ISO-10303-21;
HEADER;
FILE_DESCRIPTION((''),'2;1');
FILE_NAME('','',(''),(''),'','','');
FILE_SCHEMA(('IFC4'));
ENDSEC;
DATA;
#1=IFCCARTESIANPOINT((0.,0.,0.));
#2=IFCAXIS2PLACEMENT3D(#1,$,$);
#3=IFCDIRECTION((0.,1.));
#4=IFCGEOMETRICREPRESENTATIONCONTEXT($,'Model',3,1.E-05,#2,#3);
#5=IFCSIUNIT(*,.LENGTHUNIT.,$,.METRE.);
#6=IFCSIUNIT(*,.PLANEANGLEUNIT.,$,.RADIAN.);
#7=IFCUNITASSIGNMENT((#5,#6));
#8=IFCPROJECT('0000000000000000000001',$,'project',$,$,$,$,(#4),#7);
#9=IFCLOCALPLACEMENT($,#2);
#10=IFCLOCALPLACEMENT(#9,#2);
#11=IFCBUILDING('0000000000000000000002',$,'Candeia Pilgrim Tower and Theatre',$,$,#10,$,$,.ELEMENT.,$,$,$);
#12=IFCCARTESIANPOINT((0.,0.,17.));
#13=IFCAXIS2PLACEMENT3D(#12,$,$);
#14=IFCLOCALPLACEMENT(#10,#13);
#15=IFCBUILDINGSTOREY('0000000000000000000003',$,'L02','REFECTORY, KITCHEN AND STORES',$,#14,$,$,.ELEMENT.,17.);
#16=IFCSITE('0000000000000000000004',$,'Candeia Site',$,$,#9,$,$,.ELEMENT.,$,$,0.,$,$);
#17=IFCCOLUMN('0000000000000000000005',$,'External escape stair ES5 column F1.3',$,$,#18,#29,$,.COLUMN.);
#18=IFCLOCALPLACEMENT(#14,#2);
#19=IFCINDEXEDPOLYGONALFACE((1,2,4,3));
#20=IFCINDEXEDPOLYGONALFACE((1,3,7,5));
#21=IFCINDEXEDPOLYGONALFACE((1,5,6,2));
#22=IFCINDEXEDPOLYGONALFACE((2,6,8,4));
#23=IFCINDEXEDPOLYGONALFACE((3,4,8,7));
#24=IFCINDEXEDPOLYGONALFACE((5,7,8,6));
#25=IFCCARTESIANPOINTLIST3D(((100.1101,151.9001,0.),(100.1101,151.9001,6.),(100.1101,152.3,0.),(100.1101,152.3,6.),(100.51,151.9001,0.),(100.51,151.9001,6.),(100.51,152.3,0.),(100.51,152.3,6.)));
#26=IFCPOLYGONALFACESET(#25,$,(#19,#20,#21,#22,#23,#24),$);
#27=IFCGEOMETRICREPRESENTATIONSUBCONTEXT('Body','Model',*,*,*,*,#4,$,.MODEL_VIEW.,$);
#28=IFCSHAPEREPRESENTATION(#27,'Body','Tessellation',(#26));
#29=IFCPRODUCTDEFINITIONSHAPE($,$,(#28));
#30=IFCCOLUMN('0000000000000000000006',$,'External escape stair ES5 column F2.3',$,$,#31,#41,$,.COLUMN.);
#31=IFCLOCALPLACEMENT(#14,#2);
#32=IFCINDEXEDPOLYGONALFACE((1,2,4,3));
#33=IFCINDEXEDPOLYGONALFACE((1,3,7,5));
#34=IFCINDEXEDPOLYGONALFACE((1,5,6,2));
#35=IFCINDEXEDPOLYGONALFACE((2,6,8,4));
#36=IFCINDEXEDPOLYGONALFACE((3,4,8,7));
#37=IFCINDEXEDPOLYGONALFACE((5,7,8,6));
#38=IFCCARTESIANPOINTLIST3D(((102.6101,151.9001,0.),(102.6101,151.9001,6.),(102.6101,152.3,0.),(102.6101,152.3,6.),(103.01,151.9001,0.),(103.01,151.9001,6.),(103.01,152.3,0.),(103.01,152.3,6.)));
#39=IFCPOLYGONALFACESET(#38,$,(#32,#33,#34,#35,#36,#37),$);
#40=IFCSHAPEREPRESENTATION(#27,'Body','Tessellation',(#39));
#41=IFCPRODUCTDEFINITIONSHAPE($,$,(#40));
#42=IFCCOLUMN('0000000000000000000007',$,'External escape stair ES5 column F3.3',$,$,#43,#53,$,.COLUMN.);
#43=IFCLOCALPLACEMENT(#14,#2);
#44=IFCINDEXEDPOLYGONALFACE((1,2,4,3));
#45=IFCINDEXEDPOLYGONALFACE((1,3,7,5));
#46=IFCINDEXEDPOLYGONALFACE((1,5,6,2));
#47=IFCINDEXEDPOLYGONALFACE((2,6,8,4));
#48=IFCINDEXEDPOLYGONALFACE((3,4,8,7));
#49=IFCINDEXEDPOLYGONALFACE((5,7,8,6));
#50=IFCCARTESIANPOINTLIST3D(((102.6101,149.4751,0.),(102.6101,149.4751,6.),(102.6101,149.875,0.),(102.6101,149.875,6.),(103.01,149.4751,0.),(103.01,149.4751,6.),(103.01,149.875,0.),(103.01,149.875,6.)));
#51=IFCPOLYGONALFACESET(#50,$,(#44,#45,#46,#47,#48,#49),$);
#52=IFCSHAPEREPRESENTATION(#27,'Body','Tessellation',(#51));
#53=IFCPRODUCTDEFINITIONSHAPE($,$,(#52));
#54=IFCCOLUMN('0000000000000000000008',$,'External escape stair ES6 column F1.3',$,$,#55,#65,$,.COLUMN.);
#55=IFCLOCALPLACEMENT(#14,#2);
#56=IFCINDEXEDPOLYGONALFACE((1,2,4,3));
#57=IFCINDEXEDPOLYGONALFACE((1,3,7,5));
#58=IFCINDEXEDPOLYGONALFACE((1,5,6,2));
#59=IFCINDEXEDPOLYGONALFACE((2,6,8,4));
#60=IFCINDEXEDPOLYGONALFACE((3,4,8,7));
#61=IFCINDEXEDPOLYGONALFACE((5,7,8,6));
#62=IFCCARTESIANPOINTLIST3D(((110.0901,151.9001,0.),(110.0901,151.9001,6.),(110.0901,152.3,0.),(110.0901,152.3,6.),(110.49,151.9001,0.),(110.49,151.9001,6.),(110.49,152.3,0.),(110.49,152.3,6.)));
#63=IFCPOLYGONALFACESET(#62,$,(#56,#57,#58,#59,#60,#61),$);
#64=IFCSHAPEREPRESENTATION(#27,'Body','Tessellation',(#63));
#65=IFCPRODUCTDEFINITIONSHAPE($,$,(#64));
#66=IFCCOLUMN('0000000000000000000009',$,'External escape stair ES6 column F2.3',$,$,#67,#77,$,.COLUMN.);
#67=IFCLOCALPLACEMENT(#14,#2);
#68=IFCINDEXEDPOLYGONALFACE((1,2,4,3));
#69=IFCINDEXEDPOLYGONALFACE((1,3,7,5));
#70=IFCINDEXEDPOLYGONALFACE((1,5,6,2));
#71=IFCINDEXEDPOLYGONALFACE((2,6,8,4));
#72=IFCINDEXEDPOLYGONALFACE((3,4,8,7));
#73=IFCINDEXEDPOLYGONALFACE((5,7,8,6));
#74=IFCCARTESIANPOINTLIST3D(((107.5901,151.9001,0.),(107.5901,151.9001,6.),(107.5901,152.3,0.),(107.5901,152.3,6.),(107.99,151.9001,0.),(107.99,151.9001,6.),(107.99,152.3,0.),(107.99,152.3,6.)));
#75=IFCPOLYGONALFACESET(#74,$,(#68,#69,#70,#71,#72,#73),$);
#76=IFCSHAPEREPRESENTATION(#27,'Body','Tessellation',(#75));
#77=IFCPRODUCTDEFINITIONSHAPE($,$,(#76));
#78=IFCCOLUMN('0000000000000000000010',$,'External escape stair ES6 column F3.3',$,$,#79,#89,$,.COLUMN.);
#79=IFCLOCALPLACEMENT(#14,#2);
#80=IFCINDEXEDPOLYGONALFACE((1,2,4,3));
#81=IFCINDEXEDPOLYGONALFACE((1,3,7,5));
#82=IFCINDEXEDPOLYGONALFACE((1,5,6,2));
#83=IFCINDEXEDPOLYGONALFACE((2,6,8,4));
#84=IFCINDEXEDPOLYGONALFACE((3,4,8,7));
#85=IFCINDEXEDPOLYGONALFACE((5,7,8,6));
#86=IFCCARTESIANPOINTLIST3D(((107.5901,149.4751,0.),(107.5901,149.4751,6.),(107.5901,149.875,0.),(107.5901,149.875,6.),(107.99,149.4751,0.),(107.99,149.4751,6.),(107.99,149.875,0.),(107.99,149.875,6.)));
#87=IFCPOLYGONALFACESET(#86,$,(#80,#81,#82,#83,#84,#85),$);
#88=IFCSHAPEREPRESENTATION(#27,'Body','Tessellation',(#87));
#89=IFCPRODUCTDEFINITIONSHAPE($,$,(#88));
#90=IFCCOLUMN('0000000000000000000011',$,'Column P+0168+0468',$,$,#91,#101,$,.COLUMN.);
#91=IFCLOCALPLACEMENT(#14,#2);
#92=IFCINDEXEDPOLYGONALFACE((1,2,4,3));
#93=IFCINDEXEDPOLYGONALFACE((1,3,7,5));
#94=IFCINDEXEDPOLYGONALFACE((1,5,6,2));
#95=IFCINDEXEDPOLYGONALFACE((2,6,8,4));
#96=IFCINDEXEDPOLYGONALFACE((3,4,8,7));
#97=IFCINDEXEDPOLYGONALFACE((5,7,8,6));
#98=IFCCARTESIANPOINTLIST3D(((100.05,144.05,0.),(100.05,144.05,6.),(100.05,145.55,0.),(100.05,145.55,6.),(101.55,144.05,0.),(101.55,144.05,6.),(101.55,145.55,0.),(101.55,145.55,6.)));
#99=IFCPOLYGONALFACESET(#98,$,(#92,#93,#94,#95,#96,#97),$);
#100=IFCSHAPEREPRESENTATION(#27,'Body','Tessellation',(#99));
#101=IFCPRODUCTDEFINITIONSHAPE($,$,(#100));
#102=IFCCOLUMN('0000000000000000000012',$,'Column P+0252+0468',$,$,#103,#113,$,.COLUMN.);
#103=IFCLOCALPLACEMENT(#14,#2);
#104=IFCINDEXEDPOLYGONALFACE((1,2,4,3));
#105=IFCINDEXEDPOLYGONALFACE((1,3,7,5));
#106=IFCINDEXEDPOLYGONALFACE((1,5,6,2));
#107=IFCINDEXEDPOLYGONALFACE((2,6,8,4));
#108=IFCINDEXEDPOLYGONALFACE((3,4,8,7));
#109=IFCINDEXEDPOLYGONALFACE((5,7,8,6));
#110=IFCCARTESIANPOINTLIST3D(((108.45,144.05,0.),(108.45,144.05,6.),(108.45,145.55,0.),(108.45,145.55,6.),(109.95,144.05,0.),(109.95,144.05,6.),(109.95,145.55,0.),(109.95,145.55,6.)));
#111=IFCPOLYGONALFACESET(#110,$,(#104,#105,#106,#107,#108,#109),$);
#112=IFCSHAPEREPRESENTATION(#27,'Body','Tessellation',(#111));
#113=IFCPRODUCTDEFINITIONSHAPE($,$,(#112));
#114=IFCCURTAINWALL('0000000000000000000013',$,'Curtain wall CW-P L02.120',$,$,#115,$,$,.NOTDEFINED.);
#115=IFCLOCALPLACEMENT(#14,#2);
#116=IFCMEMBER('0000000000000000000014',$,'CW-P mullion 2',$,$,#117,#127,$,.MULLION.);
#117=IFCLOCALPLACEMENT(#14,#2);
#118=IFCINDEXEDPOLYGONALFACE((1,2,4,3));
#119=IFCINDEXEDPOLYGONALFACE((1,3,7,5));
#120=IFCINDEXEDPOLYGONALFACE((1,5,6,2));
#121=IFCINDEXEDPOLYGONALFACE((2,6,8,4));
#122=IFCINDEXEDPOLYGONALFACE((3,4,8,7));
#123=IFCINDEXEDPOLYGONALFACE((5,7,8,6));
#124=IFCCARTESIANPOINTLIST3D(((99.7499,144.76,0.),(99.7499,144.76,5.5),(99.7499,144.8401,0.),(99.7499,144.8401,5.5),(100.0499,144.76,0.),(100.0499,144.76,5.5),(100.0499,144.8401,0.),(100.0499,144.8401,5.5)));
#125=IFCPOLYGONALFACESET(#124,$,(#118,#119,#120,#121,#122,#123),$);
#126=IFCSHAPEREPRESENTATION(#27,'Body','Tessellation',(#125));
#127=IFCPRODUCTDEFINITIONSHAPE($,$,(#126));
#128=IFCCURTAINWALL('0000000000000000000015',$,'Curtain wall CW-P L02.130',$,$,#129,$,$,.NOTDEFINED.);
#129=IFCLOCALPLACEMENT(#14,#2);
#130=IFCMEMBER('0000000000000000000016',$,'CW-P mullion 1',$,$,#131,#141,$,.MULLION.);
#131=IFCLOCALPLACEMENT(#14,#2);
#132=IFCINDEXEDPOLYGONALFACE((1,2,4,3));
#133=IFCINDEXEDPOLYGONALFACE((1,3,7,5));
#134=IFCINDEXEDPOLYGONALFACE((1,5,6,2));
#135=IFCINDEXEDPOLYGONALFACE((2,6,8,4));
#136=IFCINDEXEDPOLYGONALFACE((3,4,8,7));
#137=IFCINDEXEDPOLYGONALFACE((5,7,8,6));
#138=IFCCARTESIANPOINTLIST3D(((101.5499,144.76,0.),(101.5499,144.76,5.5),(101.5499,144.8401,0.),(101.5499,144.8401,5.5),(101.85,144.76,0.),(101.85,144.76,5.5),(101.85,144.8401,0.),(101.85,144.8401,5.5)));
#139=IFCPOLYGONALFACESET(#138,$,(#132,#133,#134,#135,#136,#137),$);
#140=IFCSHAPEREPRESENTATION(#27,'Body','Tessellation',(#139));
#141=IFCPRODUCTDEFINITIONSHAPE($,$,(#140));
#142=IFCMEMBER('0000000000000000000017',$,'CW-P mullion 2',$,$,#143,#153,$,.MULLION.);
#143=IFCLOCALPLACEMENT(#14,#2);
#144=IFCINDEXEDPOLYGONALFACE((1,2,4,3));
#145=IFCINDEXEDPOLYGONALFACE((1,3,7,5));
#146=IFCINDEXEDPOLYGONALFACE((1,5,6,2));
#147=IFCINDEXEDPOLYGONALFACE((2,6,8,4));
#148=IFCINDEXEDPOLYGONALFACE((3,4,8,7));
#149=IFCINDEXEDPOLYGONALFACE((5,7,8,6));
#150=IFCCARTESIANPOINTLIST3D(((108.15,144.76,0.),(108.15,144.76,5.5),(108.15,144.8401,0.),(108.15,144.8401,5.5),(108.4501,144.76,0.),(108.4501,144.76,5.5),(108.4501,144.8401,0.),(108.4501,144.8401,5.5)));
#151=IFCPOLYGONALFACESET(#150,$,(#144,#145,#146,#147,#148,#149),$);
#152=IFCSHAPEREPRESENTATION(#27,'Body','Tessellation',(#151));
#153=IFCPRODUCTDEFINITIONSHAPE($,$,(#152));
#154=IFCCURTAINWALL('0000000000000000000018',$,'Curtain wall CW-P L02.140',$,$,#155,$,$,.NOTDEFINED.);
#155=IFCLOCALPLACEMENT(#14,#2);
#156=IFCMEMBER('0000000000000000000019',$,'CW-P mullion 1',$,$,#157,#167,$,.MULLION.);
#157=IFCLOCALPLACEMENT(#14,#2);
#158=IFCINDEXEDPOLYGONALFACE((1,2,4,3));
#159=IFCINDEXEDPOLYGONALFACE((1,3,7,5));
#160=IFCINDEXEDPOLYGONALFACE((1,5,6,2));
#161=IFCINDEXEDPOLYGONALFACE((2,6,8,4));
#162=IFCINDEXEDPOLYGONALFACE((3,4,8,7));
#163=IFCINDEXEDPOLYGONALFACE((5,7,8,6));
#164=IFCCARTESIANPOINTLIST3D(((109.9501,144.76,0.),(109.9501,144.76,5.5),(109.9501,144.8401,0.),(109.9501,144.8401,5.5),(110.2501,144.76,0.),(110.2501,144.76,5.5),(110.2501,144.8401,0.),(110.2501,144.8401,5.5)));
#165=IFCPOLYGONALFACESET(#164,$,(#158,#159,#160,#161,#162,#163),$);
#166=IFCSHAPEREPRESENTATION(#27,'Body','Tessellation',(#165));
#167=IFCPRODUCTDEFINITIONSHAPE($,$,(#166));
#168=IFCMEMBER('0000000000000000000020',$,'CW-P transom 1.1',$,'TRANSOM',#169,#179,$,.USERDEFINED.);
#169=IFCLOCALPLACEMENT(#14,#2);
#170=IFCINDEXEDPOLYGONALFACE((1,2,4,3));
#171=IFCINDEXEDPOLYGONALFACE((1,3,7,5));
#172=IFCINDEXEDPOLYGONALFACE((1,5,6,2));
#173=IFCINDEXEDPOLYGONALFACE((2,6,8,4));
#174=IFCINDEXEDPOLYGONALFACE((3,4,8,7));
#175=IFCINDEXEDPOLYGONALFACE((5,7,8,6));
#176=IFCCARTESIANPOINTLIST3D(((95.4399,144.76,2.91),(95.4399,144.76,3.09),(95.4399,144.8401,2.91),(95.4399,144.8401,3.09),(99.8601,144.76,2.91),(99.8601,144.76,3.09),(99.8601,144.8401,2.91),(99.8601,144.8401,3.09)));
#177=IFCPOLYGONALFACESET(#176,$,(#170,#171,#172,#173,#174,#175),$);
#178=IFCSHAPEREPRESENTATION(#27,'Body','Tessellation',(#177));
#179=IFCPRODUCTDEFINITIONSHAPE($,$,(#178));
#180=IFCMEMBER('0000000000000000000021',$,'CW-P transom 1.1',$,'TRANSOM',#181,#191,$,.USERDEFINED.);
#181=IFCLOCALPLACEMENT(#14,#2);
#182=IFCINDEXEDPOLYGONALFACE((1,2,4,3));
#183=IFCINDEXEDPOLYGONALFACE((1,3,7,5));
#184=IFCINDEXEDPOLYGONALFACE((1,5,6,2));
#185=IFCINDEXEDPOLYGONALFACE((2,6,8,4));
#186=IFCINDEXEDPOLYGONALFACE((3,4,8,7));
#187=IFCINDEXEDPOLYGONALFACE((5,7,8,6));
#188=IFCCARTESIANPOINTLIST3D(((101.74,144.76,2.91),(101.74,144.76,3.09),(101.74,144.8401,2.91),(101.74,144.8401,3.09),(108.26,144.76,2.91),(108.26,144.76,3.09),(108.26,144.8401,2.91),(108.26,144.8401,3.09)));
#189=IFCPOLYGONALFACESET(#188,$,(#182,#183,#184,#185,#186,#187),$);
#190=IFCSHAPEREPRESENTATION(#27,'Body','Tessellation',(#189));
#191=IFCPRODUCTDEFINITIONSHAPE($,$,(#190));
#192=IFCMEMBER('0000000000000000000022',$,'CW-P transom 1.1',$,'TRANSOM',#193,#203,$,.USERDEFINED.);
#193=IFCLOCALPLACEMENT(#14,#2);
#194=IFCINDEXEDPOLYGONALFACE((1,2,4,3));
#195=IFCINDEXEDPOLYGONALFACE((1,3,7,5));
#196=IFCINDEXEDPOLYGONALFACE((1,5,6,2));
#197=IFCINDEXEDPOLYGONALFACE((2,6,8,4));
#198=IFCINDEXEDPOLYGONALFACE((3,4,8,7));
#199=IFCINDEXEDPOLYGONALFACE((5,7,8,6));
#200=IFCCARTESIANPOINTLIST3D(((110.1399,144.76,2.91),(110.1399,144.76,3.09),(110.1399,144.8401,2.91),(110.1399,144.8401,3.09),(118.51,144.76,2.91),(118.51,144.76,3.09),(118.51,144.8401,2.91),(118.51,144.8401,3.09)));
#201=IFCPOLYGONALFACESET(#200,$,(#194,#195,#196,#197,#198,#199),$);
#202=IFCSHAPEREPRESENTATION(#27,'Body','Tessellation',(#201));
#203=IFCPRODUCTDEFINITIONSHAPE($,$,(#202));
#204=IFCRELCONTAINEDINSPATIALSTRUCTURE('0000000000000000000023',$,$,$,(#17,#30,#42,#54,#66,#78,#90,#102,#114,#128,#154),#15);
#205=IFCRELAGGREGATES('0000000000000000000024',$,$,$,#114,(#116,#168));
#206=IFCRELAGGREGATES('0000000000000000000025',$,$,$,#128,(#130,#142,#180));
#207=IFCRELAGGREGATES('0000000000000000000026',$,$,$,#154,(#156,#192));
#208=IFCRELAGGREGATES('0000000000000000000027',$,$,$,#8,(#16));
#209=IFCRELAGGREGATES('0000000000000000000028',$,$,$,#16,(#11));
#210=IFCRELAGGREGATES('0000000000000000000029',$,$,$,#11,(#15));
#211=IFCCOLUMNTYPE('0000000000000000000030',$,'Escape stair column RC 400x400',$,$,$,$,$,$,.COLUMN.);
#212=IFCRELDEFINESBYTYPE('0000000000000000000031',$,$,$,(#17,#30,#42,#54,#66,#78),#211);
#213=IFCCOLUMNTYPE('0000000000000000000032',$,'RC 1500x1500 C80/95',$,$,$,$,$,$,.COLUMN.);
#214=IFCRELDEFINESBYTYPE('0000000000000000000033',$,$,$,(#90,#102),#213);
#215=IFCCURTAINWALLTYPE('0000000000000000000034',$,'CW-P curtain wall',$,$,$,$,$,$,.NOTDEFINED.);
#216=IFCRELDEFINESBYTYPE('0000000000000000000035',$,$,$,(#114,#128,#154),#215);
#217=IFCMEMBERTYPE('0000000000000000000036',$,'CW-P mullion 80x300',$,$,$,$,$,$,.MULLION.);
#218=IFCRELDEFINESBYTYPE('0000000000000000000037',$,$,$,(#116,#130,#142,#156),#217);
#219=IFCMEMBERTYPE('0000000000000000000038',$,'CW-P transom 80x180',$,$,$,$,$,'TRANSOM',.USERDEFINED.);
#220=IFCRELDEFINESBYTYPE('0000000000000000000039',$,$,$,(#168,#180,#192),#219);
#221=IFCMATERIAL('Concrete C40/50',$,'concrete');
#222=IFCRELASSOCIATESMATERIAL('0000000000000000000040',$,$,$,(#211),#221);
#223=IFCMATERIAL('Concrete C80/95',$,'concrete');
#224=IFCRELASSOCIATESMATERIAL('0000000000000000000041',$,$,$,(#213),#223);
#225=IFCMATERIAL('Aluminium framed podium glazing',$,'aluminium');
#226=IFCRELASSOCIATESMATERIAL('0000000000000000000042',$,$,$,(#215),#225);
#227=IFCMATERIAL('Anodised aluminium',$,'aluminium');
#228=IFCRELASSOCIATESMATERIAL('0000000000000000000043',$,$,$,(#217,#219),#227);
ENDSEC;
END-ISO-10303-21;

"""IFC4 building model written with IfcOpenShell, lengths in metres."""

from ifc_helpers import new_model, si_unit, direction, frame, origin, origin_2d, place, context, subcontext, project, spatial, rectangle, extrude, material, material_profile, profile_set, type_object, element, aggregate, save


model = new_model("IFC4")

# Units and contexts
model_context = context("Model", 3, precision=1e-05, world=origin(), true_north=direction((0.0, 1.0)))
body_context = subcontext(model_context, "Body", "Model", "MODEL_VIEW")
ifc_project = project(units=[si_unit("LENGTHUNIT", "METRE"), si_unit("PLANEANGLEUNIT", "RADIAN")], contexts=[model_context])

# Site, building, storey
site_placement = place(None, origin())
site = spatial("IfcSite", under=ifc_project, at=site_placement, Name="Candeia Site", CompositionType="ELEMENT", RefElevation=0.0)
building_placement = place(site_placement, origin())
building = spatial("IfcBuilding", under=site, at=building_placement, Name="Candeia Pilgrim Tower and Theatre", CompositionType="ELEMENT")
storey_placement = place(building_placement, frame((0.0, 0.0, 17.0)))
storey = spatial("IfcBuildingStorey", under=building, at=storey_placement, Name="L02", Description="REFECTORY, KITCHEN AND STORES", CompositionType="ELEMENT", Elevation=17.0)

# Columns
ifc_material_1 = material(Name="Concrete C40/50", Category="concrete")
ifc_material_profile_1 = material_profile(ifc_material_1, rectangle(XDim=0.3999, YDim=0.3999, at=origin_2d()))
ifc_profile_set_1 = profile_set([ifc_material_profile_1], Name="Concrete C40/50")
column_type_1 = type_object("IfcColumnType", Name="Escape stair column RC 400x400", PredefinedType="COLUMN", material=ifc_profile_set_1)
for number, where, z_axis, x_axis, name in (
    (1, (100.3101, 152.1001, 0.0), (0.0, 0.0, 1.0), (1.0, 0.0, 0.0), "External escape stair ES5 column F1.3"),
    (2, (102.8101, 152.1001, 0.0), (0.0, 0.0, 1.0), (1.0, 0.0, 0.0), "External escape stair ES5 column F2.3"),
    (3, (102.8101, 149.675, 0.0), (0.0, 0.0, 1.0), (1.0, 0.0, 0.0), "External escape stair ES5 column F3.3"),
    (4, (110.29, 152.1001, 0.0), (0.0, 0.0, 1.0), (1.0, 0.0, 0.0), "External escape stair ES6 column F1.3"),
    (5, (107.79, 152.1001, 0.0), (0.0, 0.0, 1.0), (1.0, 0.0, 0.0), "External escape stair ES6 column F2.3"),
    (6, (107.79, 149.675, 0.0), (0.0, 0.0, 1.0), (1.0, 0.0, 0.0), "External escape stair ES6 column F3.3"),
):
    element("IfcColumn", number, at=place(storey_placement, frame(where, z_axis=z_axis, x_axis=x_axis)), inside=storey, type_object=column_type_1, Name=name, PredefinedType="COLUMN", context=body_context, shape_type="SweptSolid", body=[
        extrude(rectangle(XDim=0.3999, YDim=0.3999, at=origin_2d()), origin(), (0.0, 0.0, 1.0), 6.0),
    ])
ifc_material_2 = material(Name="Concrete C80/95", Category="concrete")
ifc_material_profile_2 = material_profile(ifc_material_2, rectangle(XDim=1.5, YDim=1.5, at=origin_2d()))
ifc_profile_set_2 = profile_set([ifc_material_profile_2], Name="Concrete C80/95")
column_type_2 = type_object("IfcColumnType", Name="RC 1500x1500 C80/95", PredefinedType="COLUMN", material=ifc_profile_set_2)
for number, where, z_axis, x_axis, name in (
    (7, (100.8, 144.8, 0.0), (0.0, 0.0, 1.0), (1.0, 0.0, 0.0), "Column P+0168+0468"),
    (8, (109.2, 144.8, 0.0), (0.0, 0.0, 1.0), (1.0, 0.0, 0.0), "Column P+0252+0468"),
):
    element("IfcColumn", number, at=place(storey_placement, frame(where, z_axis=z_axis, x_axis=x_axis)), inside=storey, type_object=column_type_2, Name=name, PredefinedType="COLUMN", context=body_context, shape_type="SweptSolid", body=[
        extrude(rectangle(XDim=1.5, YDim=1.5, at=origin_2d()), origin(), (0.0, 0.0, 1.0), 6.0),
    ])

# Curtain wall, member
ifc_material_3 = material(Name="Aluminium framed podium glazing", Category="aluminium")
curtain_wall_type = type_object("IfcCurtainWallType", Name="CW-P curtain wall", PredefinedType="NOTDEFINED", material=ifc_material_3)
curtain_wall_1_placement = place(storey_placement, origin())
curtain_wall_1 = element("IfcCurtainWall", 9, at=curtain_wall_1_placement, inside=storey, type_object=curtain_wall_type, Name="Curtain wall CW-P L02.120", PredefinedType="NOTDEFINED")
ifc_material_4 = material(Name="Anodised aluminium", Category="aluminium")
ifc_material_profile_3 = material_profile(ifc_material_4, rectangle(XDim=0.0801, YDim=0.3, at=origin_2d()))
ifc_profile_set_3 = profile_set([ifc_material_profile_3], Name="Anodised aluminium")
member_type_1 = type_object("IfcMemberType", Name="CW-P mullion 80x300", PredefinedType="MULLION", material=ifc_profile_set_3)
member_1_placement = place(storey_placement, frame((99.8999, 144.8, 0.0), z_axis=(0.0, 0.0, 1.0), x_axis=(0.0, 1.0, 0.0)))
member_1 = element("IfcMember", 10, at=member_1_placement, type_object=member_type_1, Name="CW-P mullion 2", PredefinedType="MULLION", context=body_context, shape_type="SweptSolid", body=[
    extrude(rectangle(XDim=0.0801, YDim=0.3, at=origin_2d()), origin(), (0.0, 0.0, 1.0), 5.5),
])

# Curtain wall, members
curtain_wall_2_placement = place(storey_placement, origin())
curtain_wall_2 = element("IfcCurtainWall", 11, at=curtain_wall_2_placement, inside=storey, type_object=curtain_wall_type, Name="Curtain wall CW-P L02.130", PredefinedType="NOTDEFINED")
member_2_placement = place(storey_placement, frame((101.7, 144.8, 0.0), z_axis=(0.0, 0.0, 1.0), x_axis=(0.0, 1.0, 0.0)))
member_2 = element("IfcMember", 12, at=member_2_placement, type_object=member_type_1, Name="CW-P mullion 1", PredefinedType="MULLION", context=body_context, shape_type="SweptSolid", body=[
    extrude(rectangle(XDim=0.0801, YDim=0.3, at=origin_2d()), origin(), (0.0, 0.0, 1.0), 5.5),
])
member_3_placement = place(storey_placement, frame((108.3, 144.8, 0.0), z_axis=(0.0, 0.0, 1.0), x_axis=(0.0, 1.0, 0.0)))
member_3 = element("IfcMember", 13, at=member_3_placement, type_object=member_type_1, Name="CW-P mullion 2", PredefinedType="MULLION", context=body_context, shape_type="SweptSolid", body=[
    extrude(rectangle(XDim=0.0801, YDim=0.3, at=origin_2d()), origin(), (0.0, 0.0, 1.0), 5.5),
])

# Curtain wall, member
curtain_wall_3_placement = place(storey_placement, origin())
curtain_wall_3 = element("IfcCurtainWall", 14, at=curtain_wall_3_placement, inside=storey, type_object=curtain_wall_type, Name="Curtain wall CW-P L02.140", PredefinedType="NOTDEFINED")
member_4_placement = place(storey_placement, frame((110.1001, 144.8, 0.0), z_axis=(0.0, 0.0, 1.0), x_axis=(0.0, 1.0, 0.0)))
member_4 = element("IfcMember", 15, at=member_4_placement, type_object=member_type_1, Name="CW-P mullion 1", PredefinedType="MULLION", context=body_context, shape_type="SweptSolid", body=[
    extrude(rectangle(XDim=0.0801, YDim=0.3, at=origin_2d()), origin(), (0.0, 0.0, 1.0), 5.5),
])

# Members
ifc_material_profile_4 = material_profile(ifc_material_4, rectangle(XDim=0.0801, YDim=0.1799, at=origin_2d()))
ifc_profile_set_4 = profile_set([ifc_material_profile_4], Name="Anodised aluminium")
member_type_2 = type_object("IfcMemberType", Name="CW-P transom 80x180", ElementType="TRANSOM", PredefinedType="USERDEFINED", material=ifc_profile_set_4)
member_5_placement = place(storey_placement, frame((95.4399, 144.8, 3.0), z_axis=(1.0, 0.0, 0.0), x_axis=(0.0, 1.0, 0.0)))
member_5 = element("IfcMember", 16, at=member_5_placement, type_object=member_type_2, Name="CW-P transom 1.1", ObjectType="TRANSOM", PredefinedType="USERDEFINED", context=body_context, shape_type="SweptSolid", body=[
    extrude(rectangle(XDim=0.0801, YDim=0.1799, at=origin_2d()), origin(), (0.0, 0.0, 1.0), 4.4202),
])
member_6_placement = place(storey_placement, frame((101.74, 144.8, 3.0), z_axis=(1.0, 0.0, 0.0), x_axis=(0.0, 1.0, 0.0)))
member_6 = element("IfcMember", 17, at=member_6_placement, type_object=member_type_2, Name="CW-P transom 1.1", ObjectType="TRANSOM", PredefinedType="USERDEFINED", context=body_context, shape_type="SweptSolid", body=[
    extrude(rectangle(XDim=0.0801, YDim=0.1799, at=origin_2d()), origin(), (0.0, 0.0, 1.0), 6.52),
])
member_7_placement = place(storey_placement, frame((110.1399, 144.8, 3.0), z_axis=(1.0, 0.0, 0.0), x_axis=(0.0, 1.0, 0.0)))
member_7 = element("IfcMember", 18, at=member_7_placement, type_object=member_type_2, Name="CW-P transom 1.1", ObjectType="TRANSOM", PredefinedType="USERDEFINED", context=body_context, shape_type="SweptSolid", body=[
    extrude(rectangle(XDim=0.0801, YDim=0.1799, at=origin_2d()), origin(), (0.0, 0.0, 1.0), 8.3701),
])

aggregate(curtain_wall_1, [member_1, member_5])
aggregate(curtain_wall_2, [member_2, member_3, member_6])
aggregate(curtain_wall_3, [member_4, member_7])

save(model, "model.ifc")
